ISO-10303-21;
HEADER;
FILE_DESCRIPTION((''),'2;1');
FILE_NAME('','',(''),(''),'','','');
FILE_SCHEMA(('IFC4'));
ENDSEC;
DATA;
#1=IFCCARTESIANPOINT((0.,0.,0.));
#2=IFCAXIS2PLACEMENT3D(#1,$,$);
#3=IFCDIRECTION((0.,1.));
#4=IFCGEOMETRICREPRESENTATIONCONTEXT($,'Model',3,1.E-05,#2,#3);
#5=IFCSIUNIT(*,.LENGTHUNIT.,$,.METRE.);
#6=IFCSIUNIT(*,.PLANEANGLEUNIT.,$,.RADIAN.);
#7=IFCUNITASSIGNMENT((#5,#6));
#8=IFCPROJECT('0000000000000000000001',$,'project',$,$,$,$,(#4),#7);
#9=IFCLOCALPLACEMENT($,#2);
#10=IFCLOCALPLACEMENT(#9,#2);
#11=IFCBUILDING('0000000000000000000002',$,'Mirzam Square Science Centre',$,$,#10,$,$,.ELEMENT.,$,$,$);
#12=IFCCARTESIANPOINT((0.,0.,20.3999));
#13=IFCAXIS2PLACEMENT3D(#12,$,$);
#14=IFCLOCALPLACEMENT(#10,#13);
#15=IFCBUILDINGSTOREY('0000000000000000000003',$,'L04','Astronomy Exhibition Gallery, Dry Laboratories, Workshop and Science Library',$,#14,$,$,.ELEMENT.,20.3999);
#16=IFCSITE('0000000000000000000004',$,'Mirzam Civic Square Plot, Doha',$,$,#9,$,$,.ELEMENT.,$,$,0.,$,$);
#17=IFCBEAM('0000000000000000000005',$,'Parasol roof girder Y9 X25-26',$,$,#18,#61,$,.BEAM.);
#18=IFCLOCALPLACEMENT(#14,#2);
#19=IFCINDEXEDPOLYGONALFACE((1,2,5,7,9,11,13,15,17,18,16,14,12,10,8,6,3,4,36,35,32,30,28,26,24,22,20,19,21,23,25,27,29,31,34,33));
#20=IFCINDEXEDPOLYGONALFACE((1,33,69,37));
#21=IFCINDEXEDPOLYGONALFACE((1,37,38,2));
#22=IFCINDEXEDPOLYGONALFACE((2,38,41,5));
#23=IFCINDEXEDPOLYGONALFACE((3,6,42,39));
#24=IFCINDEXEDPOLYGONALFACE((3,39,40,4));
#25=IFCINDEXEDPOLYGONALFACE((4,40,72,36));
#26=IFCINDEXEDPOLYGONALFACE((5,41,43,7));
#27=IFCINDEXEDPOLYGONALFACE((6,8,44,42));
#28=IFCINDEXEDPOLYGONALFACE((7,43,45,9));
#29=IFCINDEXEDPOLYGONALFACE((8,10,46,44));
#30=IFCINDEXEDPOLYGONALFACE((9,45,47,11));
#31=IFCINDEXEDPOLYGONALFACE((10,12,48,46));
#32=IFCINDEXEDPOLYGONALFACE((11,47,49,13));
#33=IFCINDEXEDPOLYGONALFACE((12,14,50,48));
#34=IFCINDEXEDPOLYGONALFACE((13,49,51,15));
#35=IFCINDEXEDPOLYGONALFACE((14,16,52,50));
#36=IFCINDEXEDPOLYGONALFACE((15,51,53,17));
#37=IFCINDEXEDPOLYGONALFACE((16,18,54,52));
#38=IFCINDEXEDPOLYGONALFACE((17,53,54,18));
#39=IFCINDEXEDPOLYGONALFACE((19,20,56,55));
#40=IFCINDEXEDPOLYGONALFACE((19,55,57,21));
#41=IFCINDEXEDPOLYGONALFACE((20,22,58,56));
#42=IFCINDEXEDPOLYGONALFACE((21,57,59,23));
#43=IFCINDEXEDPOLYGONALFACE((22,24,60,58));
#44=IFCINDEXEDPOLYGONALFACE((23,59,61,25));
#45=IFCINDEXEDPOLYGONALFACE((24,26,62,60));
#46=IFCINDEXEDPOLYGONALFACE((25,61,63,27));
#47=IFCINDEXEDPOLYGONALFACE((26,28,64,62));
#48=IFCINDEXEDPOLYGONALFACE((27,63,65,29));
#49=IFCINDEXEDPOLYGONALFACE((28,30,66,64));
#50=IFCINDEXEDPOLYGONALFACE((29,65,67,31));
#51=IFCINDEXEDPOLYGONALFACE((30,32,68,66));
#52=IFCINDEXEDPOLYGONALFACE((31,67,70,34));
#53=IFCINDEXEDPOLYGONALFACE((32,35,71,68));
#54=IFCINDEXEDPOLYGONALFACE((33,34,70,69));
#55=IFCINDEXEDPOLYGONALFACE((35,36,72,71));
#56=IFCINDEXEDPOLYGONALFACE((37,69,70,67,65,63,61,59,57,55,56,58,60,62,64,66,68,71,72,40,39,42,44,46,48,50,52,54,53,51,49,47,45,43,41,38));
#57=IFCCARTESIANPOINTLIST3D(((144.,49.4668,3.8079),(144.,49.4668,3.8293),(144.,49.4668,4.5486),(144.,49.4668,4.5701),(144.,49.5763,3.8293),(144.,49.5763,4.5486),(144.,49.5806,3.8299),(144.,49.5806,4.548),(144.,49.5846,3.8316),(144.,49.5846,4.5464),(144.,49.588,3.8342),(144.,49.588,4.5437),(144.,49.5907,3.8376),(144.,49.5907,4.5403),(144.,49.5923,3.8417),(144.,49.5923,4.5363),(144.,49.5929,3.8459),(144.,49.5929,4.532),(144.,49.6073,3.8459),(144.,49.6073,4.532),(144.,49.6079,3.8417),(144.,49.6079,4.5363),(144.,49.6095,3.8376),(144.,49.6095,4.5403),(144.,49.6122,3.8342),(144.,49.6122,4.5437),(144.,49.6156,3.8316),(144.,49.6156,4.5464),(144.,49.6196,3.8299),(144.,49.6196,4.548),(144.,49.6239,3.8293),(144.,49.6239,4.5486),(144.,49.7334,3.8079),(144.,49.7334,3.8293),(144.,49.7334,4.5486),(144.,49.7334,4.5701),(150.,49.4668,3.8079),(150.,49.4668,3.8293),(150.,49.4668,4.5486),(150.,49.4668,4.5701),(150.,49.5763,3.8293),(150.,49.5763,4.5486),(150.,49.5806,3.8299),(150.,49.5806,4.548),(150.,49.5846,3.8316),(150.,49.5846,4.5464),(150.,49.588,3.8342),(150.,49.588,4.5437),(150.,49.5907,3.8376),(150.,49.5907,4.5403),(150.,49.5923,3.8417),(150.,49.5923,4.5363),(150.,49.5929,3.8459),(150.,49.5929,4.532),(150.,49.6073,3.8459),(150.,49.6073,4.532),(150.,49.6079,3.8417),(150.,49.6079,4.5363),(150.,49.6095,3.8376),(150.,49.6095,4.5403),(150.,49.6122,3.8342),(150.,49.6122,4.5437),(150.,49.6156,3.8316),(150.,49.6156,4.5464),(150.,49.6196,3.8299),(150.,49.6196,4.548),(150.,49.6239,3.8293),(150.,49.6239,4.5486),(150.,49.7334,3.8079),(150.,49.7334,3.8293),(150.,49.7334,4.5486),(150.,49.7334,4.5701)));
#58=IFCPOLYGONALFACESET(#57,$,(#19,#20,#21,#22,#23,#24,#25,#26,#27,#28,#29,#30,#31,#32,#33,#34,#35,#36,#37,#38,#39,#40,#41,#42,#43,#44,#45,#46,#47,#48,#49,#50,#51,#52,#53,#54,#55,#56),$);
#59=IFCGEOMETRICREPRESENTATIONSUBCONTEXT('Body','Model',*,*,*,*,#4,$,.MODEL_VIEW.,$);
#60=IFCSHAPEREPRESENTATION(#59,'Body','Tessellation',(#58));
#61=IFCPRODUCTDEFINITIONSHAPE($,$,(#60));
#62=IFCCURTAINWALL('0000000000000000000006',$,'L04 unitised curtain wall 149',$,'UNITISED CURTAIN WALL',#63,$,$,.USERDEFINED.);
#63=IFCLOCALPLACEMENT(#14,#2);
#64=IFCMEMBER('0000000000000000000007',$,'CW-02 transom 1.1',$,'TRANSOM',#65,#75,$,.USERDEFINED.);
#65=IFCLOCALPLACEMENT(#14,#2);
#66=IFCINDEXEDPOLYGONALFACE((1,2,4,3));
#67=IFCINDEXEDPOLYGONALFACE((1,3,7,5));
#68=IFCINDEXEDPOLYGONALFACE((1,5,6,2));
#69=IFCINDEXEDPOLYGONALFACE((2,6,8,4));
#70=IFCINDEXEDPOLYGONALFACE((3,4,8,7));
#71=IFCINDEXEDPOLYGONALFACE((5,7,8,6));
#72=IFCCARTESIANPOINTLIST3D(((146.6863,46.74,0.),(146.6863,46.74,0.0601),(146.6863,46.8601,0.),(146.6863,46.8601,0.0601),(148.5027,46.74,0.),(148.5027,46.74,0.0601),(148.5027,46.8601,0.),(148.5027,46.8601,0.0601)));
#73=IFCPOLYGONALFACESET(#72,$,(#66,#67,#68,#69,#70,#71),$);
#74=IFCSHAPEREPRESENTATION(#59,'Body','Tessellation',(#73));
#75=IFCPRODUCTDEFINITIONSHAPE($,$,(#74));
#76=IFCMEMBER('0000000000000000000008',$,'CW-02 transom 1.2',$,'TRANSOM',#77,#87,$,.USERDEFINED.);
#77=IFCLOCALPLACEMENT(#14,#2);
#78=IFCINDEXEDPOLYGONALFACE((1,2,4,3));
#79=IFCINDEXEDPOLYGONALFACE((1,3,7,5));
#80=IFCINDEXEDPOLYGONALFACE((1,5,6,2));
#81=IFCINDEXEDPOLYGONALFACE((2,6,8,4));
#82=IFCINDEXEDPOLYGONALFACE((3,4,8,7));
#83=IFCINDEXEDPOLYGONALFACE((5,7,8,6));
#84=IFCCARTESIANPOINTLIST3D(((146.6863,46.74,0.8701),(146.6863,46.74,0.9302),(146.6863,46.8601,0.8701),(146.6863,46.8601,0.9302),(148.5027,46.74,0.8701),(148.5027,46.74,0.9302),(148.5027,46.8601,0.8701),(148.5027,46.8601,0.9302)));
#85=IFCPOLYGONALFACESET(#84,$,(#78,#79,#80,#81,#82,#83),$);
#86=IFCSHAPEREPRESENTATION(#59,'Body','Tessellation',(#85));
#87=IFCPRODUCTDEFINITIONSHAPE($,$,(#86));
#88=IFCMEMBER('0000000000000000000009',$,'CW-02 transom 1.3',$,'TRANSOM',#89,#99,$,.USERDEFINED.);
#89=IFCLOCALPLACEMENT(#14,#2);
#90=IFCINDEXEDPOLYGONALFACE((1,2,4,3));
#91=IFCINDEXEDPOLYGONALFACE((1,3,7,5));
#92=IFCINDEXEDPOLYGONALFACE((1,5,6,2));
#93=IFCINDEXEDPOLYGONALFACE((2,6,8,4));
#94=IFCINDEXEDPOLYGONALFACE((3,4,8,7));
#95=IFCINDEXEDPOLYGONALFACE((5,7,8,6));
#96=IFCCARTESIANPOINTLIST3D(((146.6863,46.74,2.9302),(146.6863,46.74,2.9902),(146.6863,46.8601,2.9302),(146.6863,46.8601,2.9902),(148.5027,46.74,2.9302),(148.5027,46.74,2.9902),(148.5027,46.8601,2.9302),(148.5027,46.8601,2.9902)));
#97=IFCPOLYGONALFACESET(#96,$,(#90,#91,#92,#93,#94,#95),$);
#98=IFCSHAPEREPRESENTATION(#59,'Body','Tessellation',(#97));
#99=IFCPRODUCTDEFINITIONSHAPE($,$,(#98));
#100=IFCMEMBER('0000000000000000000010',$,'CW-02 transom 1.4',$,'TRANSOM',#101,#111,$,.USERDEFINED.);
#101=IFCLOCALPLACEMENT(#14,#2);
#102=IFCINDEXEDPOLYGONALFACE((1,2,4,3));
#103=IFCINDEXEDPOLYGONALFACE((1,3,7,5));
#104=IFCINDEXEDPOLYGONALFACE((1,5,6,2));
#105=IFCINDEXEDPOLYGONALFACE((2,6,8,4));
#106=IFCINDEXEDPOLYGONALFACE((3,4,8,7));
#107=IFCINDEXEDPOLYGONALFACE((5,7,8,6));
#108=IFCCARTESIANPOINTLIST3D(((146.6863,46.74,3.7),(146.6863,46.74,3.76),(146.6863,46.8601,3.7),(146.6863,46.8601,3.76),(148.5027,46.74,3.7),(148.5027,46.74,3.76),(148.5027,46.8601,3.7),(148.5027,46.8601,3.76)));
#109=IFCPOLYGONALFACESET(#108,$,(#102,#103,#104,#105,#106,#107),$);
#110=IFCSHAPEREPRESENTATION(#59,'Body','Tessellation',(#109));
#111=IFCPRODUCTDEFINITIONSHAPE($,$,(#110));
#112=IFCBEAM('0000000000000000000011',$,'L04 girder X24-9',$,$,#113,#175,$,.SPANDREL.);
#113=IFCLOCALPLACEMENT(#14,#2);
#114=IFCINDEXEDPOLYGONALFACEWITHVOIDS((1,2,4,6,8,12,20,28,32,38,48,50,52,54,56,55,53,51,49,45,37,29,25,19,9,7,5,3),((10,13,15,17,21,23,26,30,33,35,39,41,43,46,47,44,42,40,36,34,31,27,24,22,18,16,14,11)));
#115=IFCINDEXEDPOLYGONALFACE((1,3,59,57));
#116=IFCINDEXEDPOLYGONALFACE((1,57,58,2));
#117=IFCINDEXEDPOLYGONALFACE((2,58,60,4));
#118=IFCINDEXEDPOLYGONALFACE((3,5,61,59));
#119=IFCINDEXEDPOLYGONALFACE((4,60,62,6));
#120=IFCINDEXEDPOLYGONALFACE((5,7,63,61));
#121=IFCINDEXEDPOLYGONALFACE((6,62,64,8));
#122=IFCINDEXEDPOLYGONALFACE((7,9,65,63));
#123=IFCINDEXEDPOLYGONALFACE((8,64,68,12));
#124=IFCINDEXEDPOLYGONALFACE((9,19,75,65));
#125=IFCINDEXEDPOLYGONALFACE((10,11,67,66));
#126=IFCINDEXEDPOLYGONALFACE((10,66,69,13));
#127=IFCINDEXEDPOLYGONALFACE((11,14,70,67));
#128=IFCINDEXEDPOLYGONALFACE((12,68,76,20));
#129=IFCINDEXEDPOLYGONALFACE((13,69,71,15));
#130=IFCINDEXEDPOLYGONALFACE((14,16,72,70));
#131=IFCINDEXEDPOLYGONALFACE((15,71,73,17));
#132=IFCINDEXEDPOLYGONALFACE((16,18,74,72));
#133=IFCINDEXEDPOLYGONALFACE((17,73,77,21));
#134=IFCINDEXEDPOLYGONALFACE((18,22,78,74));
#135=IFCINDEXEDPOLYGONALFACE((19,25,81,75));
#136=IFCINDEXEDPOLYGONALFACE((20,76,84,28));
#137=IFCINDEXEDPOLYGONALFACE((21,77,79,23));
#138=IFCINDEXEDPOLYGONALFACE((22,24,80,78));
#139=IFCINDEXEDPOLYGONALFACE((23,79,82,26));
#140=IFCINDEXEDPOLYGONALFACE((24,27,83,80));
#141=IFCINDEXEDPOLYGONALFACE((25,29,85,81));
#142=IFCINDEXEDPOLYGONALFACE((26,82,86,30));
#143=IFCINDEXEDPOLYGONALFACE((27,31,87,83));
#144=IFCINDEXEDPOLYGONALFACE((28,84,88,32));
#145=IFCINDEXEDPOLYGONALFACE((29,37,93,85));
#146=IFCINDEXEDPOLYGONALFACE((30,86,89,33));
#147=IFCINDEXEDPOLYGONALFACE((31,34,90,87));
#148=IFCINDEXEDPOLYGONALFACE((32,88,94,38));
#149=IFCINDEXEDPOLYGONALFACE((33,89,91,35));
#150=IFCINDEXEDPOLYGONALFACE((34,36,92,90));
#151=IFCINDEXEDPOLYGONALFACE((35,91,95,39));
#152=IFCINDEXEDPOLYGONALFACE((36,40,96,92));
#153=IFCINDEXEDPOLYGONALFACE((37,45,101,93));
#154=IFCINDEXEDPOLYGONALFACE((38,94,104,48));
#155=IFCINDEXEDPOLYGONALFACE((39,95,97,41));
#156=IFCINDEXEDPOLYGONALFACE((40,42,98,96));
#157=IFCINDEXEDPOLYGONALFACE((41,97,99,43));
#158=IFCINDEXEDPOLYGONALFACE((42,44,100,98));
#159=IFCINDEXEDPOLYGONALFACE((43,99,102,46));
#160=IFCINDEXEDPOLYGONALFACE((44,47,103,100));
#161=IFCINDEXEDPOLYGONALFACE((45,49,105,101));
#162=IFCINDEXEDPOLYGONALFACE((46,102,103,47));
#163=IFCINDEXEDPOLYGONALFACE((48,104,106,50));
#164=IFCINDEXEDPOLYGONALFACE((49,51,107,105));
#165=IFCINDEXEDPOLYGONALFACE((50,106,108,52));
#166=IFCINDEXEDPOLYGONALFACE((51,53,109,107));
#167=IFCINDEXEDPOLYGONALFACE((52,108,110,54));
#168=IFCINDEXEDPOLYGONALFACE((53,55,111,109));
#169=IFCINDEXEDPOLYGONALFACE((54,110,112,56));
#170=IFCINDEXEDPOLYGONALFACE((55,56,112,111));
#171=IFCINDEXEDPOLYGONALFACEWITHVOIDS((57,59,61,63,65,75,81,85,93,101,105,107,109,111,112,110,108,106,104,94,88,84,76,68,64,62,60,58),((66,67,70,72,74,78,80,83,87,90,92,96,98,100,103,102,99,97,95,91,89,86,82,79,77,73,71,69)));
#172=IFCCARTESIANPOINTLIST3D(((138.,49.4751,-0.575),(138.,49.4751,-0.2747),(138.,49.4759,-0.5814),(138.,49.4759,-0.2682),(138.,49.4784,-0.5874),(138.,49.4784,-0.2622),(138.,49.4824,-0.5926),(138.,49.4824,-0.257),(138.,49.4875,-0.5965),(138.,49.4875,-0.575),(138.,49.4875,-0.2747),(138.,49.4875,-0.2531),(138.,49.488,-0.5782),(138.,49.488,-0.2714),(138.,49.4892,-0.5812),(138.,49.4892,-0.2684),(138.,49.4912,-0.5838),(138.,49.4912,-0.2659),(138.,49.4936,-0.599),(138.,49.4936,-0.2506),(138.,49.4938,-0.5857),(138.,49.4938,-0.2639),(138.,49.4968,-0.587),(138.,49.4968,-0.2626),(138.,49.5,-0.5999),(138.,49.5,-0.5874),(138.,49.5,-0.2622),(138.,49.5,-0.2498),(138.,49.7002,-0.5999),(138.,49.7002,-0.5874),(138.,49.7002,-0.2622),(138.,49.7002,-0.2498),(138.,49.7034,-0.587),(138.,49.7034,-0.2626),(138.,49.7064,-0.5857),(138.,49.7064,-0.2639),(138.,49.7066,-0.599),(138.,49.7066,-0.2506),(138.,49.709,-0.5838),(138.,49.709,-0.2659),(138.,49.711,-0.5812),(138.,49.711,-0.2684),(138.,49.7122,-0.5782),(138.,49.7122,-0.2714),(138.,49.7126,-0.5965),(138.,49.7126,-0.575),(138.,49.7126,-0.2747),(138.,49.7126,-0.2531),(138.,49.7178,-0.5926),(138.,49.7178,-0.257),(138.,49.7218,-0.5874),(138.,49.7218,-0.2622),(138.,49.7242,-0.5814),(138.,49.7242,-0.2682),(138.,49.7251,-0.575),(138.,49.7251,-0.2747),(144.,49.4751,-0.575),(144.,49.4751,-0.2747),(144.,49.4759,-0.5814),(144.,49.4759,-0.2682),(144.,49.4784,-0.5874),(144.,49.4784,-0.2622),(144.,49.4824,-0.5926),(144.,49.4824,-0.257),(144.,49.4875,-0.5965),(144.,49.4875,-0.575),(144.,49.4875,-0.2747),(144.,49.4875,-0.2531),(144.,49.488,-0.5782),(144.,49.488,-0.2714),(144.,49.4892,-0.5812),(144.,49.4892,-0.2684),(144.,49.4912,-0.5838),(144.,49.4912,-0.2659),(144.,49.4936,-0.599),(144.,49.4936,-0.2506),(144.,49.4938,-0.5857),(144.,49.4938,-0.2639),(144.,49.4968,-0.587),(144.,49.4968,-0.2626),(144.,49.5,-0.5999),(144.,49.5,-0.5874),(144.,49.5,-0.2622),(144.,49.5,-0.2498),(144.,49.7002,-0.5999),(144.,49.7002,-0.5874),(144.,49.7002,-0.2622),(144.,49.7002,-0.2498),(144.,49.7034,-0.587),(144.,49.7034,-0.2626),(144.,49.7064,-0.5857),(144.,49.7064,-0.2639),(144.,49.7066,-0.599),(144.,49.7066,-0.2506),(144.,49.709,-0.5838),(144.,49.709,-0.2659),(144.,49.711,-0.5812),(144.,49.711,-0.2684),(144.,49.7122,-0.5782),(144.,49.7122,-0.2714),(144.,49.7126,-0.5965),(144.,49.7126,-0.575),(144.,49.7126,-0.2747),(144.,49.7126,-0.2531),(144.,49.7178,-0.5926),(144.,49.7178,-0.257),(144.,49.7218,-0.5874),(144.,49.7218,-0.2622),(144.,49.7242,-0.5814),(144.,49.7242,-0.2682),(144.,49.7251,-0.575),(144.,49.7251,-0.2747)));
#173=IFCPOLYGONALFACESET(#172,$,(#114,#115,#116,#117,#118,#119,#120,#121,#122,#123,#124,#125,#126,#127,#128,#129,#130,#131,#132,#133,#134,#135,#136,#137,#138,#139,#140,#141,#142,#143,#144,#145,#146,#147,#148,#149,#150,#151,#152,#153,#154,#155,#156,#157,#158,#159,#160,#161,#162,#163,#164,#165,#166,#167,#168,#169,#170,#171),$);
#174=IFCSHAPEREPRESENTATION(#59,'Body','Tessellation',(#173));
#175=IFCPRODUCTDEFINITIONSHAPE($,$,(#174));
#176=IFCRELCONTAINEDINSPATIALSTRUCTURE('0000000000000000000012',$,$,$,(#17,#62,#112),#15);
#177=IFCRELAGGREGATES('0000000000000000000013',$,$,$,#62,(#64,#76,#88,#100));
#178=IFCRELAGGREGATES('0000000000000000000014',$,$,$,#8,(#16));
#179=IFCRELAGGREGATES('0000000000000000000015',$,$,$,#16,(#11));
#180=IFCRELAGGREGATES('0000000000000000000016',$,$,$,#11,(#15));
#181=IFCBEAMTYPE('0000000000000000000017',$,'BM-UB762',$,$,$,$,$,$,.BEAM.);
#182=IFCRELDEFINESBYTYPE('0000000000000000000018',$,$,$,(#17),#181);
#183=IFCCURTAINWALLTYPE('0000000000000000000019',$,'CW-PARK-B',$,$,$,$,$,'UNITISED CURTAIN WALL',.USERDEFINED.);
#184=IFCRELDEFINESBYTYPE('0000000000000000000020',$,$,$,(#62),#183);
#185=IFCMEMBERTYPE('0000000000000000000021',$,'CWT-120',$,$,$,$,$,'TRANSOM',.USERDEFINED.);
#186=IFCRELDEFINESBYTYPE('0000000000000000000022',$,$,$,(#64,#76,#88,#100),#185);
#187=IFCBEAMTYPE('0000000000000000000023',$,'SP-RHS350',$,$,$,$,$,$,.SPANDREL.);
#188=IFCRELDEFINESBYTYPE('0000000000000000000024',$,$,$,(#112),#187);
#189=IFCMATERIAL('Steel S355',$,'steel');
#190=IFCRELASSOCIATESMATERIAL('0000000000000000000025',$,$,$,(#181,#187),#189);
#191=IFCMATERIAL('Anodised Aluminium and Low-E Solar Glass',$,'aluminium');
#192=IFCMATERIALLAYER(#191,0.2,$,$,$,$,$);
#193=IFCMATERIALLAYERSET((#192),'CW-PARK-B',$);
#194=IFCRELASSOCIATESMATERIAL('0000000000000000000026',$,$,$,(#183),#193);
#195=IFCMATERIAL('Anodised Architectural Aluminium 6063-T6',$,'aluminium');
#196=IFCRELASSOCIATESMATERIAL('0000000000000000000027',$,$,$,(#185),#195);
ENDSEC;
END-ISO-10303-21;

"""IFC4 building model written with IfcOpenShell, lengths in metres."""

from ifc_helpers import new_model, si_unit, direction, frame, origin, origin_2d, place, context, subcontext, project, spatial, rectangle, hollow_rectangle, i_section, extrude, material, layer, layer_set, material_profile, profile_set, type_object, element, aggregate, save


model = new_model("IFC4")

# Units and contexts
model_context = context("Model", 3, precision=1e-05, world=origin(), true_north=direction((0.0, 1.0)))
body_context = subcontext(model_context, "Body", "Model", "MODEL_VIEW")
ifc_project = project(units=[si_unit("LENGTHUNIT", "METRE"), si_unit("PLANEANGLEUNIT", "RADIAN")], contexts=[model_context])

# Site, building, storey
site_placement = place(None, origin())
site = spatial("IfcSite", under=ifc_project, at=site_placement, Name="Mirzam Civic Square Plot, Doha", CompositionType="ELEMENT", RefElevation=0.0)
building_placement = place(site_placement, origin())
building = spatial("IfcBuilding", under=site, at=building_placement, Name="Mirzam Square Science Centre", CompositionType="ELEMENT")
storey_placement = place(building_placement, frame((0.0, 0.0, 20.3999)))
storey = spatial("IfcBuildingStorey", under=building, at=storey_placement, Name="L04", Description="Astronomy Exhibition Gallery, Dry Laboratories, Workshop and Science Library", CompositionType="ELEMENT", Elevation=20.3999)

# Shared definitions
ifc_material_1 = material(Name="Steel S355", Category="steel")

# Beam
ifc_material_profile_1 = material_profile(ifc_material_1, i_section(OverallWidth=0.2666, OverallDepth=0.7622, WebThickness=0.0144, FlangeThickness=0.0215, FilletRadius=0.0166, at=origin_2d()), Name="762x267x173UB")
ifc_profile_set_1 = profile_set([ifc_material_profile_1], Name="Steel S355")
beam_type_1 = type_object("IfcBeamType", Name="BM-UB762", PredefinedType="BEAM", material=ifc_profile_set_1)
for number, where, z_axis, x_axis, name in (
    (1, (144.0, 49.6001, 4.189), (1.0, 0.0, 0.0), (0.0, 1.0, 0.0), "Parasol roof girder Y9 X25-26"),
):
    element("IfcBeam", number, at=place(storey_placement, frame(where, z_axis=z_axis, x_axis=x_axis)), inside=storey, type_object=beam_type_1, Name=name, PredefinedType="BEAM", context=body_context, shape_type="SweptSolid", body=[
        extrude(i_section(OverallWidth=0.2666, OverallDepth=0.7622, WebThickness=0.0144, FlangeThickness=0.0215, FilletRadius=0.0166, at=origin_2d()), origin(), (0.0, 0.0, 1.0), 6.0),
    ])

# Curtain wall, members
ifc_material_2 = material(Name="Anodised Aluminium and Low-E Solar Glass", Category="aluminium")
ifc_layer_1 = layer(ifc_material_2, 0.2)
ifc_layer_set_1 = layer_set([ifc_layer_1], Name="CW-PARK-B")
curtain_wall_type = type_object("IfcCurtainWallType", Name="CW-PARK-B", ElementType="UNITISED CURTAIN WALL", PredefinedType="USERDEFINED", material=ifc_layer_set_1)
curtain_wall_placement = place(storey_placement, origin())
curtain_wall = element("IfcCurtainWall", 2, at=curtain_wall_placement, inside=storey, type_object=curtain_wall_type, Name="L04 unitised curtain wall 149", ObjectType="UNITISED CURTAIN WALL", PredefinedType="USERDEFINED")
ifc_material_3 = material(Name="Anodised Architectural Aluminium 6063-T6", Category="aluminium")
ifc_material_profile_2 = material_profile(ifc_material_3, rectangle(XDim=0.1201, YDim=0.0601, at=origin_2d()), Name="ALU-TRAN-120x60x4")
ifc_profile_set_2 = profile_set([ifc_material_profile_2], Name="Anodised Architectural Aluminium 6063-T6")
member_type = type_object("IfcMemberType", Name="CWT-120", ElementType="TRANSOM", PredefinedType="USERDEFINED", material=ifc_profile_set_2)
member_1_placement = place(storey_placement, frame((146.6863, 46.8, 0.03), z_axis=(1.0, 0.0, 0.0), x_axis=(0.0, 1.0, 0.0)))
member_1 = element("IfcMember", 3, at=member_1_placement, type_object=member_type, Name="CW-02 transom 1.1", ObjectType="TRANSOM", PredefinedType="USERDEFINED", context=body_context, shape_type="SweptSolid", body=[
    extrude(rectangle(XDim=0.1201, YDim=0.0601, at=origin_2d()), origin(), (0.0, 0.0, 1.0), 1.8164),
])
member_2_placement = place(storey_placement, frame((146.6863, 46.8, 0.9001), z_axis=(1.0, 0.0, 0.0), x_axis=(0.0, 1.0, 0.0)))
member_2 = element("IfcMember", 4, at=member_2_placement, type_object=member_type, Name="CW-02 transom 1.2", ObjectType="TRANSOM", PredefinedType="USERDEFINED", context=body_context, shape_type="SweptSolid", body=[
    extrude(rectangle(XDim=0.1201, YDim=0.0601, at=origin_2d()), origin(), (0.0, 0.0, 1.0), 1.8164),
])
member_3_placement = place(storey_placement, frame((146.6863, 46.8, 2.9602), z_axis=(1.0, 0.0, 0.0), x_axis=(0.0, 1.0, 0.0)))
member_3 = element("IfcMember", 5, at=member_3_placement, type_object=member_type, Name="CW-02 transom 1.3", ObjectType="TRANSOM", PredefinedType="USERDEFINED", context=body_context, shape_type="SweptSolid", body=[
    extrude(rectangle(XDim=0.1201, YDim=0.0601, at=origin_2d()), origin(), (0.0, 0.0, 1.0), 1.8164),
])
member_4_placement = place(storey_placement, frame((146.6863, 46.8, 3.73), z_axis=(1.0, 0.0, 0.0), x_axis=(0.0, 1.0, 0.0)))
member_4 = element("IfcMember", 6, at=member_4_placement, type_object=member_type, Name="CW-02 transom 1.4", ObjectType="TRANSOM", PredefinedType="USERDEFINED", context=body_context, shape_type="SweptSolid", body=[
    extrude(rectangle(XDim=0.1201, YDim=0.0601, at=origin_2d()), origin(), (0.0, 0.0, 1.0), 1.8164),
])

# Beam
ifc_material_profile_3 = material_profile(ifc_material_1, hollow_rectangle(XDim=0.25, YDim=0.3501, WallThickness=0.0125, InnerFilletRadius=0.0125, OuterFilletRadius=0.0249, at=origin_2d()), Name="350x250x12.5RHS")
ifc_profile_set_3 = profile_set([ifc_material_profile_3], Name="Steel S355")
beam_type_2 = type_object("IfcBeamType", Name="SP-RHS350", PredefinedType="SPANDREL", material=ifc_profile_set_3)
for number, where, z_axis, x_axis, name in (
    (7, (138.0, 49.6001, -0.4248), (1.0, 0.0, 0.0), (0.0, 1.0, 0.0), "L04 girder X24-9"),
):
    element("IfcBeam", number, at=place(storey_placement, frame(where, z_axis=z_axis, x_axis=x_axis)), inside=storey, type_object=beam_type_2, Name=name, PredefinedType="SPANDREL", context=body_context, shape_type="SweptSolid", body=[
        extrude(hollow_rectangle(XDim=0.25, YDim=0.3501, WallThickness=0.0125, InnerFilletRadius=0.0125, OuterFilletRadius=0.0249, at=origin_2d()), origin(), (0.0, 0.0, 1.0), 6.0),
    ])

aggregate(curtain_wall, [member_1, member_2, member_3, member_4])

save(model, "model.ifc")
